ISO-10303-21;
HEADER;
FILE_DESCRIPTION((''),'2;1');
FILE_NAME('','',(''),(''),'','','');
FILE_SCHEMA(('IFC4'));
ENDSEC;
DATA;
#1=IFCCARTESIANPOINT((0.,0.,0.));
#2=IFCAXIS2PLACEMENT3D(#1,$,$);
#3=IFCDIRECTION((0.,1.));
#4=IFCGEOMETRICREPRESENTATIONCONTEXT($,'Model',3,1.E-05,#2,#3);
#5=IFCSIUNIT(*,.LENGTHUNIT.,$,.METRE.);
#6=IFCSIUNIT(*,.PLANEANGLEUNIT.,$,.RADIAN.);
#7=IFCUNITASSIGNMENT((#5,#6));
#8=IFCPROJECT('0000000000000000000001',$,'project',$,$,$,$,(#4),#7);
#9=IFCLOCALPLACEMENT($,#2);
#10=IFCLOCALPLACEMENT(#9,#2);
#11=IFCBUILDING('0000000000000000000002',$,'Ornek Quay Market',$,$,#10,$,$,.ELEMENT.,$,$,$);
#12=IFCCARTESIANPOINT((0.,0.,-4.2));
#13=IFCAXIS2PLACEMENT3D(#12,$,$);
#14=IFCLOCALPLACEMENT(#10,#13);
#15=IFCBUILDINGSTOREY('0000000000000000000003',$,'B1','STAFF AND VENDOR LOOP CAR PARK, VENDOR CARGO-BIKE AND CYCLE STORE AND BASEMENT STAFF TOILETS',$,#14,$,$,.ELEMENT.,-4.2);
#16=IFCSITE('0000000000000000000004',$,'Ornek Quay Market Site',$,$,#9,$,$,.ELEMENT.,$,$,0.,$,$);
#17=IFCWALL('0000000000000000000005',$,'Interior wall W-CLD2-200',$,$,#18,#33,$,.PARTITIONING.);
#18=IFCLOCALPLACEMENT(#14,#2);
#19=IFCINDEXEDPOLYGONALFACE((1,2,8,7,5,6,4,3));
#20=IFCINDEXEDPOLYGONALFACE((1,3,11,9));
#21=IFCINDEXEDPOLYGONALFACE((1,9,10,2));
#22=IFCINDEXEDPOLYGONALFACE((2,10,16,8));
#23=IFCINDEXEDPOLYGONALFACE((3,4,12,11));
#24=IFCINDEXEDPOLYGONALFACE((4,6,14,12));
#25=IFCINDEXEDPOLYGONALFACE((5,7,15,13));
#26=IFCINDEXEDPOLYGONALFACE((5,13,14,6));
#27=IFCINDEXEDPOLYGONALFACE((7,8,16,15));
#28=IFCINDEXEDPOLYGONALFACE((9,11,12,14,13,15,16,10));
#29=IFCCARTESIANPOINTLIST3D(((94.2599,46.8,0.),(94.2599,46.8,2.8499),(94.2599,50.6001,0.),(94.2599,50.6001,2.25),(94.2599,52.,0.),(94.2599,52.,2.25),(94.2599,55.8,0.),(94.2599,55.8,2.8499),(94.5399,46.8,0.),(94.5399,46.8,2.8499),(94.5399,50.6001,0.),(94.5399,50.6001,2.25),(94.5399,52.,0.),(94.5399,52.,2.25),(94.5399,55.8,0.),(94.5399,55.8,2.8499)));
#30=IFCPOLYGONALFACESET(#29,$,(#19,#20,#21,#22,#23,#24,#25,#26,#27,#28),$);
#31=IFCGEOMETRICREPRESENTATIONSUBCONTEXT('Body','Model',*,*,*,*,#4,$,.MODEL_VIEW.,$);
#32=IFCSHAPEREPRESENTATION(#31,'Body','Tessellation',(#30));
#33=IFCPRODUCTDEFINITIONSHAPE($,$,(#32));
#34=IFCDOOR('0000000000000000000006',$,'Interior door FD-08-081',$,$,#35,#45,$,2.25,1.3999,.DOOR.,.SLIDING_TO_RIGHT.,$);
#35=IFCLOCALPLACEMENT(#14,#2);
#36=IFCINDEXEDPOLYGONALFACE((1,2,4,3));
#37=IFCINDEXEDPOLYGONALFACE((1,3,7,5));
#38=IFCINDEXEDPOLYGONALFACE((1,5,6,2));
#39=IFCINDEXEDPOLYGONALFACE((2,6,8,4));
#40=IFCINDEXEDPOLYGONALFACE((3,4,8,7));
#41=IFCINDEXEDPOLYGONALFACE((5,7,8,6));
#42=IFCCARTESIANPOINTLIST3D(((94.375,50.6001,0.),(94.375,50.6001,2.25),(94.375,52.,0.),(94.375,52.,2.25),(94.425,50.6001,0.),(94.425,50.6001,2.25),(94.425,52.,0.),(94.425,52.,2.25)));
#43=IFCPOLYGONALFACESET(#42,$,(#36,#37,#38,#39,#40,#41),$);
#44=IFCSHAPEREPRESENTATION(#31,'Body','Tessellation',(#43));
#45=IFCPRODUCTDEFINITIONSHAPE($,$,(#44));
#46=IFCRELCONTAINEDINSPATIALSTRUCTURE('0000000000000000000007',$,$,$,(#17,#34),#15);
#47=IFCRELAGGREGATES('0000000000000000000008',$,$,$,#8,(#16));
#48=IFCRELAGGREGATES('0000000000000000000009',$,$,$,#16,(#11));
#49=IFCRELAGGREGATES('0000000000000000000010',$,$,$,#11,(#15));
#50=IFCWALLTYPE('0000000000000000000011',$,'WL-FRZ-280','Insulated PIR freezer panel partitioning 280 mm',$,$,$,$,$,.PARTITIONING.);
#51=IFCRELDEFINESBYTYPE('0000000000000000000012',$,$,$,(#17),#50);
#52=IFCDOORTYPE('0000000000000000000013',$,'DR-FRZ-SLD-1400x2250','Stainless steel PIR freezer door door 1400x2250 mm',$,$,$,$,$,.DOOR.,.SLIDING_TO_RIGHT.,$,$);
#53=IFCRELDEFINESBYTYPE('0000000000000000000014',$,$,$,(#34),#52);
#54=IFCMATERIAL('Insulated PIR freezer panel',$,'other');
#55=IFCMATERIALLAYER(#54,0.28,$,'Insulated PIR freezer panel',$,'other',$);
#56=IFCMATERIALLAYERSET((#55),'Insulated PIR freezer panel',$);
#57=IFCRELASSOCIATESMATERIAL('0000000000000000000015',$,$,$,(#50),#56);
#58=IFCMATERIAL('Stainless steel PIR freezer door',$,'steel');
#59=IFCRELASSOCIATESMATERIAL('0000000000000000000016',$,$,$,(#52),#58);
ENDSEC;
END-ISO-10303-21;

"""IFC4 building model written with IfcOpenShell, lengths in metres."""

from ifc_helpers import new_model, si_unit, direction, frame, frame_2d, origin, place, context, subcontext, project, spatial, rectangle, extrude, material, layer, layer_set, type_object, element, fill, save


model = new_model("IFC4")

# Units and contexts
model_context = context("Model", 3, precision=1e-05, world=origin(), true_north=direction((0.0, 1.0)))
body_context = subcontext(model_context, "Body", "Model", "MODEL_VIEW")
ifc_project = project(units=[si_unit("LENGTHUNIT", "METRE"), si_unit("PLANEANGLEUNIT", "RADIAN")], contexts=[model_context])

# Site, building, storey
site_placement = place(None, origin())
site = spatial("IfcSite", under=ifc_project, at=site_placement, Name="Ornek Quay Market Site", CompositionType="ELEMENT", RefElevation=0.0)
building_placement = place(site_placement, origin())
building = spatial("IfcBuilding", under=site, at=building_placement, Name="Ornek Quay Market", CompositionType="ELEMENT")
storey_placement = place(building_placement, frame((0.0, 0.0, -4.2)))
storey = spatial("IfcBuildingStorey", under=building, at=storey_placement, Name="B1", Description="STAFF AND VENDOR LOOP CAR PARK, VENDOR CARGO-BIKE AND CYCLE STORE AND BASEMENT STAFF TOILETS", CompositionType="ELEMENT", Elevation=-4.2)

# Wall, opening, door
ifc_material_1 = material(Name="Insulated PIR freezer panel", Category="other")
ifc_layer_1 = layer(ifc_material_1, 0.28, Name="Insulated PIR freezer panel", Category="other")
ifc_layer_set_1 = layer_set([ifc_layer_1], Name="Insulated PIR freezer panel")
wall_type_1 = type_object("IfcWallType", Name="WL-FRZ-280", Description="Insulated PIR freezer panel partitioning 280 mm", PredefinedType="PARTITIONING", material=ifc_layer_set_1)
wall_1_placement = place(storey_placement, frame((94.3999, 46.8, 0.0), z_axis=(0.0, 0.0, 1.0), x_axis=(0.0, 1.0, 0.0)))
wall_1 = element("IfcWall", 1, at=wall_1_placement, inside=storey, type_object=wall_type_1, Name="Interior wall W-CLD2-200", PredefinedType="PARTITIONING", context=body_context, shape_type="SweptSolid", body=[
    extrude(rectangle(XDim=9.0, YDim=0.28, at=frame_2d((4.5, 0.0))), origin(), (0.0, 0.0, 1.0), 2.8499),
])
opening_1_placement = place(wall_1_placement, frame((3.8, 0.0, 0.0)))
opening_1 = element("IfcOpeningElement", 2, at=opening_1_placement, cuts=wall_1, PredefinedType="OPENING", context=body_context, shape_type="SweptSolid", body=[
    extrude(rectangle(XDim=1.3999, YDim=2.25, at=frame_2d((0.7, 1.125))), frame((0.0, 0.1499, 0.0), z_axis=(0.0, -1.0, 0.0), x_axis=(1.0, 0.0, 0.0)), (0.0, 0.0, 1.0), 0.3),
])
ifc_material_2 = material(Name="Stainless steel PIR freezer door", Category="steel")
door_type_1 = type_object("IfcDoorType", Name="DR-FRZ-SLD-1400x2250", Description="Stainless steel PIR freezer door door 1400x2250 mm", OperationType="SLIDING_TO_RIGHT", PredefinedType="DOOR", material=ifc_material_2)
door_1_placement = place(opening_1_placement, origin())
door_1 = element("IfcDoor", 3, at=door_1_placement, inside=storey, type_object=door_type_1, Name="Interior door FD-08-081", OperationType="SLIDING_TO_RIGHT", OverallHeight=2.25, OverallWidth=1.3999, PredefinedType="DOOR", context=body_context, shape_type="SweptSolid", body=[
    extrude(rectangle(XDim=1.3999, YDim=2.25, at=frame_2d((0.7, 1.125))), frame((0.0, 0.0249, 0.0), z_axis=(0.0, -1.0, 0.0), x_axis=(1.0, 0.0, 0.0)), (0.0, 0.0, 1.0), 0.05),
])
fill(opening_1, door_1)

save(model, "model.ifc")
